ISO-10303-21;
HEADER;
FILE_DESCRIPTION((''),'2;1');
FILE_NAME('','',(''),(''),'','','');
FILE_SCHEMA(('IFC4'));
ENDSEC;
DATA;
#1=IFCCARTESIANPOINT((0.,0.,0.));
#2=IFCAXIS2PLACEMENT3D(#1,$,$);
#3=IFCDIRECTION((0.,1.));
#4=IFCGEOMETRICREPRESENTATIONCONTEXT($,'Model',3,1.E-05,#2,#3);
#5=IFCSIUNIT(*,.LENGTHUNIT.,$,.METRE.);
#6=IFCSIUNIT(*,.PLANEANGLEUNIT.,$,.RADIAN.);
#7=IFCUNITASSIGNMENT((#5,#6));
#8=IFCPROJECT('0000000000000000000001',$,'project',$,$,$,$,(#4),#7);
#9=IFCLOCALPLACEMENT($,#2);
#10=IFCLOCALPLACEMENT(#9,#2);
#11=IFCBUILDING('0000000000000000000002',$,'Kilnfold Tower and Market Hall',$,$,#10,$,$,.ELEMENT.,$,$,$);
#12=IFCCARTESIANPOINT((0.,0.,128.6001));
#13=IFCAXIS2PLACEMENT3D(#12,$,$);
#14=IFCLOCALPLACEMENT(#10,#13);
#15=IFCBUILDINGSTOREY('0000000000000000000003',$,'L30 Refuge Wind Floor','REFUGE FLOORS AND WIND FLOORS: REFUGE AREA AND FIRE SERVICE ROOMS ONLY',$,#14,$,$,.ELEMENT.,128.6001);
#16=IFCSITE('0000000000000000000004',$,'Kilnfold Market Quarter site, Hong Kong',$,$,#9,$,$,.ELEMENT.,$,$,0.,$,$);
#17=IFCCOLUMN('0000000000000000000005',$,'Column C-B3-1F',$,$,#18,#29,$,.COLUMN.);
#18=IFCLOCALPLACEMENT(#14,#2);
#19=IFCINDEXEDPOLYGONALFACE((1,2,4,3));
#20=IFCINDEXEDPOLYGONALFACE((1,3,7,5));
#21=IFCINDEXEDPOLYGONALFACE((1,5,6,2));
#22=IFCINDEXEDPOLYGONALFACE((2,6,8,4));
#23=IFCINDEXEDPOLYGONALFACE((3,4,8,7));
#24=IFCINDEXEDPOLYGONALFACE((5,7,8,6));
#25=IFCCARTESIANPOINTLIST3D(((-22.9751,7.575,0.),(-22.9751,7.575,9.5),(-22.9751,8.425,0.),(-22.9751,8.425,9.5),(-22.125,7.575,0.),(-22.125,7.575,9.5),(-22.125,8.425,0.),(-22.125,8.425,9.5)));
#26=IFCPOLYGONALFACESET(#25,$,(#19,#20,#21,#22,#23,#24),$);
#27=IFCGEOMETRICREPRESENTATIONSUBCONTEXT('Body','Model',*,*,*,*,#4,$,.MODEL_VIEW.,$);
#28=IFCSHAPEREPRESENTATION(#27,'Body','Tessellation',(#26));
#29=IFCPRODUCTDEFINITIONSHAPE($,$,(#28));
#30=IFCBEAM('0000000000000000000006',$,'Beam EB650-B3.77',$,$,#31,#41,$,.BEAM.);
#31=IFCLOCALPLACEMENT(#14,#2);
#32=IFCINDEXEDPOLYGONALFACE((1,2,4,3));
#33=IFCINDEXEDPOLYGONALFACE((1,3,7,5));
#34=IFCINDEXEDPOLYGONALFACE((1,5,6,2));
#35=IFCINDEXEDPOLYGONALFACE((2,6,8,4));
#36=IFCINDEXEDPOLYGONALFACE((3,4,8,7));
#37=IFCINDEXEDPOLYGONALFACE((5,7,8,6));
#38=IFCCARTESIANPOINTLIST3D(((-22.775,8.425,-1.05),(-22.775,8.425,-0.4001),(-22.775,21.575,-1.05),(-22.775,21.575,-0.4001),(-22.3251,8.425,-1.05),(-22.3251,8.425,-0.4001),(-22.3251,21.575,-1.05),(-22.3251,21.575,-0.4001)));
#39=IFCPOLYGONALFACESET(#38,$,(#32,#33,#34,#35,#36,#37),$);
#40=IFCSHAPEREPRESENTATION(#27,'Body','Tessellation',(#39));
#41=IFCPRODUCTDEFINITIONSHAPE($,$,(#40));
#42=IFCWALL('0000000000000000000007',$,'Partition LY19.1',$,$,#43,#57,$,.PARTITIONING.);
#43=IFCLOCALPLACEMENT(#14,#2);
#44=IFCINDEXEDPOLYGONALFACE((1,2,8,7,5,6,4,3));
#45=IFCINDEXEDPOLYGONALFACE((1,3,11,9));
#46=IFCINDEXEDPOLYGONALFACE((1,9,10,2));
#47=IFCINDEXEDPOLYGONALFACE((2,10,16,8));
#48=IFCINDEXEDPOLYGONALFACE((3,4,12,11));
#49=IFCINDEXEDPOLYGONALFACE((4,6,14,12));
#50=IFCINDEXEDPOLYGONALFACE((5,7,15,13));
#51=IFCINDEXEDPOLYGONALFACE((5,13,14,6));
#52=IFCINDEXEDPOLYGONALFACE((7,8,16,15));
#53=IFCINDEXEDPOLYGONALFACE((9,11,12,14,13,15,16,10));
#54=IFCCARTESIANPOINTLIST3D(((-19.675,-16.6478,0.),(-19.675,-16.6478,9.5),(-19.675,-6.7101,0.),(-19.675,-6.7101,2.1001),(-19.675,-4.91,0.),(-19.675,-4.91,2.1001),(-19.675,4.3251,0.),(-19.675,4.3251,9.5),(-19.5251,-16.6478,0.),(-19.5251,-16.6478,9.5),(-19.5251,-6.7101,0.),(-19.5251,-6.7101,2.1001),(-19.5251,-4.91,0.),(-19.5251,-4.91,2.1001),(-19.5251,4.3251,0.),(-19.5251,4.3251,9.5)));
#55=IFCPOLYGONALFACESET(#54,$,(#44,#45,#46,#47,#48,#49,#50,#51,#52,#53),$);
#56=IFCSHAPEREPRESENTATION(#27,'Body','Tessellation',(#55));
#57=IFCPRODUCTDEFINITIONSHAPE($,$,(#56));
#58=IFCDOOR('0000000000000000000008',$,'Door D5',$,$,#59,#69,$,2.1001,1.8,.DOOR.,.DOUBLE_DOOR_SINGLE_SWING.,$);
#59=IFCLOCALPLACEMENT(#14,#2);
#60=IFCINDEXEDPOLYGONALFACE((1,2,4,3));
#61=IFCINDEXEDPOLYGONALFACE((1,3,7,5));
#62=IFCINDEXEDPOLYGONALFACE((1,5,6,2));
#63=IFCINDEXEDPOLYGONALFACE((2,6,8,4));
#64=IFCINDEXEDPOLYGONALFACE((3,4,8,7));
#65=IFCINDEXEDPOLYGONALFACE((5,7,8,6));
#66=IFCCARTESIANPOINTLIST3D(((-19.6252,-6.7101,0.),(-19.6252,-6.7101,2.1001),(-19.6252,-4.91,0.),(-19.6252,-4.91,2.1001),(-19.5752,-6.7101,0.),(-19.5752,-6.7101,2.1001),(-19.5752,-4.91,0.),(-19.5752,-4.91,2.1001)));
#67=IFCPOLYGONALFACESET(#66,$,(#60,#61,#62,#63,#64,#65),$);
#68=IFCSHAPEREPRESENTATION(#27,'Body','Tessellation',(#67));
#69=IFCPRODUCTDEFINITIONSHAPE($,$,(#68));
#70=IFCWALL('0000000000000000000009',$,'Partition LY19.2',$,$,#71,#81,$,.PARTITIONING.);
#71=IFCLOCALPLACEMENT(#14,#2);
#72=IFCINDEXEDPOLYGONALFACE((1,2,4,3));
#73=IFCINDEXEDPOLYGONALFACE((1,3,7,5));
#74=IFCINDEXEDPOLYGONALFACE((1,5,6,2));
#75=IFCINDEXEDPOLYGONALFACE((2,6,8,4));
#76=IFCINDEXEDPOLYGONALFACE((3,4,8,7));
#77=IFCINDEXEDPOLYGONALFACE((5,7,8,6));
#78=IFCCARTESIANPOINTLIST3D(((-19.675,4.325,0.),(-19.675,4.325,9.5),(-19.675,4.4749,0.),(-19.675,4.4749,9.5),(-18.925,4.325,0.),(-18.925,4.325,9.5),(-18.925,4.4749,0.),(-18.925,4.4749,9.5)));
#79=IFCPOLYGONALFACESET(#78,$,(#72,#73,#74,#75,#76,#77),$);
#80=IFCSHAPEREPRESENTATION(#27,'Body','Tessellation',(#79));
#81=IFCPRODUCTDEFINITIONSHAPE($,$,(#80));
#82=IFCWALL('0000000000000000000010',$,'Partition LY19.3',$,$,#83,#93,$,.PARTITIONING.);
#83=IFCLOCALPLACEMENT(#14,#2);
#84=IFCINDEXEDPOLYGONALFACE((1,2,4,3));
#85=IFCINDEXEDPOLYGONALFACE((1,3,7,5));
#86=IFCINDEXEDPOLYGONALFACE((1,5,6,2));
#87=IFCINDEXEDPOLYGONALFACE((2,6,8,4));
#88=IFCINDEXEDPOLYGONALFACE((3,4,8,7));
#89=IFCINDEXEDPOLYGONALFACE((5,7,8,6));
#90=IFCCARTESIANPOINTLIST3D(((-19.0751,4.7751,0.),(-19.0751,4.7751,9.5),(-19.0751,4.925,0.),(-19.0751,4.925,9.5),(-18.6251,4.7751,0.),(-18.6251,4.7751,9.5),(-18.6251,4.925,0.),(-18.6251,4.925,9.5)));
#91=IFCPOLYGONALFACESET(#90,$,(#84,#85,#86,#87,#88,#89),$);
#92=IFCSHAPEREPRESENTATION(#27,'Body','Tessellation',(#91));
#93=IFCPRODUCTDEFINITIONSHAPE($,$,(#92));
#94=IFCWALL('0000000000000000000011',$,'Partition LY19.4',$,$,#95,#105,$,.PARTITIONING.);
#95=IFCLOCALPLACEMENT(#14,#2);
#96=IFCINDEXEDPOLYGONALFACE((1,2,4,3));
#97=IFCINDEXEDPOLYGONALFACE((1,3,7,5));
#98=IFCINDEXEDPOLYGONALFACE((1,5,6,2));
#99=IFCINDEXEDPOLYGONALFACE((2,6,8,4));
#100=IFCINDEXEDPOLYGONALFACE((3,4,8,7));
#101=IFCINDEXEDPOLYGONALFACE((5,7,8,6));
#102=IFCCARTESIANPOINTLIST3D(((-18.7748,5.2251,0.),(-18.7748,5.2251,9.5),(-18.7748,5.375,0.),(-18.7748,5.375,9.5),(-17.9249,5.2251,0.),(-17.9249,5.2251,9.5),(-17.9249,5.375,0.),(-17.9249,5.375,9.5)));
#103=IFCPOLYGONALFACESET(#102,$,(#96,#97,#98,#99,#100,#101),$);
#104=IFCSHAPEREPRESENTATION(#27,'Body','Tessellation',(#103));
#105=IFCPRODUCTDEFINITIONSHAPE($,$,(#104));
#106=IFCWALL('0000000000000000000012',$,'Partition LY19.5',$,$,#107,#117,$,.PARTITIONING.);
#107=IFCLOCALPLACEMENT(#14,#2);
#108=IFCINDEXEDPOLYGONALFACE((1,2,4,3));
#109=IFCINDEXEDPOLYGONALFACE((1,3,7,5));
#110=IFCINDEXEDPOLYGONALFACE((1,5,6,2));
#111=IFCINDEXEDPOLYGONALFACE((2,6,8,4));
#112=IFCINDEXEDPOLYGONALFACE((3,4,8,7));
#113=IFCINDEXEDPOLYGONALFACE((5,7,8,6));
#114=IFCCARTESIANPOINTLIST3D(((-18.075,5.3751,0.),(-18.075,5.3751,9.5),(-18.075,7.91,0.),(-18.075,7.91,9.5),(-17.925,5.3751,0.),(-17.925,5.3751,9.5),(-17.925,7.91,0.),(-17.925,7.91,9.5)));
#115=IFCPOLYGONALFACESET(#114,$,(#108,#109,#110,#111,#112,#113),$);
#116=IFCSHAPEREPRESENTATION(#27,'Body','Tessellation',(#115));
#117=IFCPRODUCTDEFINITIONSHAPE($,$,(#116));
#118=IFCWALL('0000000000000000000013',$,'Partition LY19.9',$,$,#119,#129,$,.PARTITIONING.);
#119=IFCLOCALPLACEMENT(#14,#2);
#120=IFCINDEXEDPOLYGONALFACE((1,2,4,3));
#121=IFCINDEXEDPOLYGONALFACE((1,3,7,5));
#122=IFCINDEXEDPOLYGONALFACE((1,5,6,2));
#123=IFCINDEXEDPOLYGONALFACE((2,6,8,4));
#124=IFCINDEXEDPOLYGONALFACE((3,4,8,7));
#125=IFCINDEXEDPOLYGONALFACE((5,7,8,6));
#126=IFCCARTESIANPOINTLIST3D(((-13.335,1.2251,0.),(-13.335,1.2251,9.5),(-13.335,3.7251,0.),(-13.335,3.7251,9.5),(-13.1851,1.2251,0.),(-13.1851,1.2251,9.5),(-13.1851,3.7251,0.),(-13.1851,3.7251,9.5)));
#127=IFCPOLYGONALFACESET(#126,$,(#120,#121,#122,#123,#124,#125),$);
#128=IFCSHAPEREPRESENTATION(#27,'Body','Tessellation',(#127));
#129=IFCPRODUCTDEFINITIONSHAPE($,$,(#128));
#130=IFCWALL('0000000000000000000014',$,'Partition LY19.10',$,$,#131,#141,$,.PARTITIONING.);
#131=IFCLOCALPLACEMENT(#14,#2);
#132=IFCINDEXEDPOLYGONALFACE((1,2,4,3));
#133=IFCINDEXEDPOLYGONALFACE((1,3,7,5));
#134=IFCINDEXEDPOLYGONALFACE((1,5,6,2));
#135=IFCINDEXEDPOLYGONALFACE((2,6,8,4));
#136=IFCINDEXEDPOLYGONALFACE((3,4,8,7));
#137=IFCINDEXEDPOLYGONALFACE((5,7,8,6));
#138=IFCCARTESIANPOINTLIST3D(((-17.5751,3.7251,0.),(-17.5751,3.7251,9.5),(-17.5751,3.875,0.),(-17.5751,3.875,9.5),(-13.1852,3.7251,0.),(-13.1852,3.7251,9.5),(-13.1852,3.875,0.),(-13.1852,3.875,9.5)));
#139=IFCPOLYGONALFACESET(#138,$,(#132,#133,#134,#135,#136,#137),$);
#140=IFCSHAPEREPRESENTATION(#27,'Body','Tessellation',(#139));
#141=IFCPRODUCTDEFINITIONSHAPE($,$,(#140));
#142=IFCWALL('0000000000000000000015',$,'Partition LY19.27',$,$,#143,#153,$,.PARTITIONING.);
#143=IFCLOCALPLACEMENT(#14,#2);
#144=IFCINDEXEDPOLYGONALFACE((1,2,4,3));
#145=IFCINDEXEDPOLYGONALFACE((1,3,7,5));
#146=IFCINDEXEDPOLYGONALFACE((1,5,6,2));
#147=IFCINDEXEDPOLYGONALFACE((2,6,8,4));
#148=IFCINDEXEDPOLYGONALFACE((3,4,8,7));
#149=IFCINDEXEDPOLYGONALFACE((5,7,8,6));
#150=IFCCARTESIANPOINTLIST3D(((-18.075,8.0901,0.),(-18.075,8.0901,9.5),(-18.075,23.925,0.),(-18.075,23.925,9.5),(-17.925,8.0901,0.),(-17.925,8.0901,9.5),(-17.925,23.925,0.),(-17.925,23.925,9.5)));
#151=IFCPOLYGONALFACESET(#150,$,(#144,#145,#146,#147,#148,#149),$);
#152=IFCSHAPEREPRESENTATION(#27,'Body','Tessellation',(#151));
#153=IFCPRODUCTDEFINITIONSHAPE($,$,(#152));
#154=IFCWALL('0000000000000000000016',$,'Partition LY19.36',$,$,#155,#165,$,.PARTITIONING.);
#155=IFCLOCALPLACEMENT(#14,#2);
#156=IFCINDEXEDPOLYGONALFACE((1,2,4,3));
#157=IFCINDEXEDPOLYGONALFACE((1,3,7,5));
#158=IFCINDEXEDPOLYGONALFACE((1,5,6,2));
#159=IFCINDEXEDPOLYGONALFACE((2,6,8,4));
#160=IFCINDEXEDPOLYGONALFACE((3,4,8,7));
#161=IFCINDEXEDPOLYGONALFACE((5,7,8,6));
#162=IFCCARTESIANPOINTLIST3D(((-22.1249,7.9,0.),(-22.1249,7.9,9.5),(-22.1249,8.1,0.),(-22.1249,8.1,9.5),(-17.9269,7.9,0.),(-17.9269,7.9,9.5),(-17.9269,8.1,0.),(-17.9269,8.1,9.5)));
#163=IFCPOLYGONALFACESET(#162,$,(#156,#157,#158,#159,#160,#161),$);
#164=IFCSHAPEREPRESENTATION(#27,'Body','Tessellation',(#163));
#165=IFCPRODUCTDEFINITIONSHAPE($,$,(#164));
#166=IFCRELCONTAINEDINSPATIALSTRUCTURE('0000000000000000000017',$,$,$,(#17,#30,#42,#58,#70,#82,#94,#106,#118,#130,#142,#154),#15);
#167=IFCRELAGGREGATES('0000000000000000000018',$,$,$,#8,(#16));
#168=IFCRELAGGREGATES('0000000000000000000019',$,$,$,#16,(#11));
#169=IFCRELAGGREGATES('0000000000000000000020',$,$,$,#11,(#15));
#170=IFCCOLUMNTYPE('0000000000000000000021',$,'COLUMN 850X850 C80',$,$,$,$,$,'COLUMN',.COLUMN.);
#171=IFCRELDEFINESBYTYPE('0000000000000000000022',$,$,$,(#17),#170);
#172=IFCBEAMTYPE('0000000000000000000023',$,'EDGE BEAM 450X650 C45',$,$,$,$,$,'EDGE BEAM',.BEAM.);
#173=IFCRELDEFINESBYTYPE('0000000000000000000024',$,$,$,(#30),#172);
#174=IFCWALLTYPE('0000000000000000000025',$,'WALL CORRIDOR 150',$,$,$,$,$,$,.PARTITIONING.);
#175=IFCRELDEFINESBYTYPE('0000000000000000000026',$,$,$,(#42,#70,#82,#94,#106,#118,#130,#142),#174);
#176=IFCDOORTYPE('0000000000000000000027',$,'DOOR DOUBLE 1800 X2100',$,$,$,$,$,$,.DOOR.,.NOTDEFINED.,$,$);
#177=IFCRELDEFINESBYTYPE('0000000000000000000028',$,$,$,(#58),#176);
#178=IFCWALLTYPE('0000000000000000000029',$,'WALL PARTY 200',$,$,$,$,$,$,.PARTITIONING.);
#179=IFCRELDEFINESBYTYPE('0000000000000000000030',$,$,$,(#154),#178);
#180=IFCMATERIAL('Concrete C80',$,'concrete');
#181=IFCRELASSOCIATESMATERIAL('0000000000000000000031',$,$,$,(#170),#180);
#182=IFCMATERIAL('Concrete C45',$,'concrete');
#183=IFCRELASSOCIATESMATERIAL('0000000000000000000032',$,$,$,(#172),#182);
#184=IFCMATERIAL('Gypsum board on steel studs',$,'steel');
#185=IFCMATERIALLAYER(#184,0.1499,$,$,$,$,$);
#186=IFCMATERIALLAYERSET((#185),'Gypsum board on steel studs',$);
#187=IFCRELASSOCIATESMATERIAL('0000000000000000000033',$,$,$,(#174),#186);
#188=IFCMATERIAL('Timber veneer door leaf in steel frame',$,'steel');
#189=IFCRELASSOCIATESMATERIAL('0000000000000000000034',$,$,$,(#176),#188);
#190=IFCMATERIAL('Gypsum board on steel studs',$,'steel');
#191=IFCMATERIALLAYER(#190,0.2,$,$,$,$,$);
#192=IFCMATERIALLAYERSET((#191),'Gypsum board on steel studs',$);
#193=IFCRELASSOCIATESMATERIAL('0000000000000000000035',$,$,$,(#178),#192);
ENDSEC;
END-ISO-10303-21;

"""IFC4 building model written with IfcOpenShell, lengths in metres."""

from ifc_helpers import new_model, si_unit, direction, frame, frame_2d, origin, origin_2d, place, context, subcontext, project, spatial, rectangle, extrude, source, transform, mapped, material, layer, layer_set, material_profile, profile_set, type_object, element, fill, save


model = new_model("IFC4")

# Units and contexts
model_context = context("Model", 3, precision=1e-05, world=origin(), true_north=direction((0.0, 1.0)))
body_context = subcontext(model_context, "Body", "Model", "MODEL_VIEW")
ifc_project = project(units=[si_unit("LENGTHUNIT", "METRE"), si_unit("PLANEANGLEUNIT", "RADIAN")], contexts=[model_context])

# Site, building, storey
site_placement = place(None, origin())
site = spatial("IfcSite", under=ifc_project, at=site_placement, Name="Kilnfold Market Quarter site, Hong Kong", CompositionType="ELEMENT", RefElevation=0.0)
building_placement = place(site_placement, origin())
building = spatial("IfcBuilding", under=site, at=building_placement, Name="Kilnfold Tower and Market Hall", CompositionType="ELEMENT")
storey_placement = place(building_placement, frame((0.0, 0.0, 128.6001)))
storey = spatial("IfcBuildingStorey", under=building, at=storey_placement, Name="L30 Refuge Wind Floor", Description="REFUGE FLOORS AND WIND FLOORS: REFUGE AREA AND FIRE SERVICE ROOMS ONLY", CompositionType="ELEMENT", Elevation=128.6001)

# Column
ifc_material_1 = material(Name="Concrete C80", Category="concrete")
ifc_material_profile_1 = material_profile(ifc_material_1, rectangle(XDim=0.8501, YDim=0.8501, at=origin_2d()), Name="RC 850x850")
ifc_profile_set_1 = profile_set([ifc_material_profile_1], Name="Concrete C80")
column_type = type_object("IfcColumnType", Name="COLUMN 850X850 C80", ElementType="COLUMN", PredefinedType="COLUMN", material=ifc_profile_set_1)
shared_shape_1 = source(origin(), body_context, "Body", "SweptSolid", [
    extrude(rectangle(XDim=0.8501, YDim=0.8501, at=origin_2d()), origin(), (0.0, 0.0, 1.0), 9.5),
])
column_placement = place(storey_placement, frame((-22.55, 8.0, 0.0), z_axis=(0.0, 0.0, 1.0), x_axis=(1.0, 0.0, 0.0)))
element("IfcColumn", 1, at=column_placement, inside=storey, type_object=column_type, Name="Column C-B3-1F", PredefinedType="COLUMN", context=body_context, shape_type="MappedRepresentation", body=[
    mapped(shared_shape_1, transform((0.0, 0.0, 0.0))),
])

# Beam
ifc_material_2 = material(Name="Concrete C45", Category="concrete")
ifc_material_profile_2 = material_profile(ifc_material_2, rectangle(XDim=0.45, YDim=0.6499, at=origin_2d()), Name="RC 450x650")
ifc_profile_set_2 = profile_set([ifc_material_profile_2], Name="Concrete C45")
beam_type = type_object("IfcBeamType", Name="EDGE BEAM 450X650 C45", ElementType="EDGE BEAM", PredefinedType="BEAM", material=ifc_profile_set_2)
shared_shape_2 = source(origin(), body_context, "Body", "SweptSolid", [
    extrude(rectangle(XDim=0.45, YDim=0.6499, at=origin_2d()), origin(), (0.0, 0.0, 1.0), 13.1499),
])
beam_placement = place(storey_placement, frame((-22.55, 8.425, -0.7251), z_axis=(0.0, 1.0, 0.0), x_axis=(-1.0, 0.0, 0.0)))
element("IfcBeam", 2, at=beam_placement, inside=storey, type_object=beam_type, Name="Beam EB650-B3.77", PredefinedType="BEAM", context=body_context, shape_type="MappedRepresentation", body=[
    mapped(shared_shape_2, transform((0.0, 0.0, 0.0))),
])

# Wall, opening, door
ifc_material_3 = material(Name="Gypsum board on steel studs", Category="steel")
ifc_layer_1 = layer(ifc_material_3, 0.1499)
ifc_layer_set_1 = layer_set([ifc_layer_1], Name="Gypsum board on steel studs")
wall_type_1 = type_object("IfcWallType", Name="WALL CORRIDOR 150", PredefinedType="PARTITIONING", material=ifc_layer_set_1)
wall_1_placement = place(storey_placement, frame((-19.6001, 4.325, 0.0), z_axis=(0.0, 0.0, 1.0), x_axis=(0.0, -1.0, 0.0)))
wall_1 = element("IfcWall", 3, at=wall_1_placement, inside=storey, type_object=wall_type_1, Name="Partition LY19.1", PredefinedType="PARTITIONING", context=body_context, shape_type="SweptSolid", body=[
    extrude(rectangle(XDim=20.9729, YDim=0.1499, at=frame_2d((10.4863, 0.0))), origin(), (0.0, 0.0, 1.0), 9.5),
])
opening_1_placement = place(wall_1_placement, frame((9.2351, 0.0, 0.0)))
opening_1 = element("IfcOpeningElement", 4, at=opening_1_placement, cuts=wall_1, PredefinedType="OPENING", context=body_context, shape_type="SweptSolid", body=[
    extrude(rectangle(XDim=1.8, YDim=2.1001, at=frame_2d((0.8999, 1.05))), frame((0.0, 0.085, 0.0), z_axis=(0.0, -1.0, 0.0), x_axis=(1.0, 0.0, 0.0)), (0.0, 0.0, 1.0), 0.1699),
])
ifc_material_4 = material(Name="Timber veneer door leaf in steel frame", Category="steel")
door_type_1 = type_object("IfcDoorType", Name="DOOR DOUBLE 1800 X2100", OperationType="NOTDEFINED", PredefinedType="DOOR", material=ifc_material_4)
door_1_placement = place(opening_1_placement, origin())
door_1 = element("IfcDoor", 5, at=door_1_placement, inside=storey, type_object=door_type_1, Name="Door D5", OperationType="DOUBLE_DOOR_SINGLE_SWING", OverallHeight=2.1001, OverallWidth=1.8, PredefinedType="DOOR", context=body_context, shape_type="SweptSolid", body=[
    extrude(rectangle(XDim=1.8, YDim=2.1001, at=frame_2d((0.8999, 1.05))), frame((0.0, 0.0249, 0.0), z_axis=(0.0, -1.0, 0.0), x_axis=(1.0, 0.0, 0.0)), (0.0, 0.0, 1.0), 0.05),
])
fill(opening_1, door_1)

# Walls
wall_2_placement = place(storey_placement, frame((-18.925, 4.3999, 0.0), z_axis=(0.0, 0.0, 1.0), x_axis=(-1.0, 0.0, 0.0)))
element("IfcWall", 6, at=wall_2_placement, inside=storey, type_object=wall_type_1, Name="Partition LY19.2", PredefinedType="PARTITIONING", context=body_context, shape_type="SweptSolid", body=[
    extrude(rectangle(XDim=0.75, YDim=0.1499, at=frame_2d((0.375, 0.0))), origin(), (0.0, 0.0, 1.0), 9.5),
])
wall_3_placement = place(storey_placement, frame((-18.625, 4.8501, 0.0), z_axis=(0.0, 0.0, 1.0), x_axis=(-1.0, 0.0, 0.0)))
element("IfcWall", 7, at=wall_3_placement, inside=storey, type_object=wall_type_1, Name="Partition LY19.3", PredefinedType="PARTITIONING", context=body_context, shape_type="SweptSolid", body=[
    extrude(rectangle(XDim=0.45, YDim=0.1499, at=frame_2d((0.2251, 0.0))), origin(), (0.0, 0.0, 1.0), 9.5),
])
wall_4_placement = place(storey_placement, frame((-17.925, 5.3, 0.0), z_axis=(0.0, 0.0, 1.0), x_axis=(-1.0, 0.0, 0.0)))
element("IfcWall", 8, at=wall_4_placement, inside=storey, type_object=wall_type_1, Name="Partition LY19.4", PredefinedType="PARTITIONING", context=body_context, shape_type="SweptSolid", body=[
    extrude(rectangle(XDim=0.8499, YDim=0.1499, at=frame_2d((0.4248, 0.0))), origin(), (0.0, 0.0, 1.0), 9.5),
])
wall_5_placement = place(storey_placement, frame((-18.0, 5.375, 0.0), z_axis=(0.0, 0.0, 1.0), x_axis=(0.0, 1.0, 0.0)))
element("IfcWall", 9, at=wall_5_placement, inside=storey, type_object=wall_type_1, Name="Partition LY19.5", PredefinedType="PARTITIONING", context=body_context, shape_type="SweptSolid", body=[
    extrude(rectangle(XDim=2.5349, YDim=0.1499, at=frame_2d((1.2676, 0.0))), origin(), (0.0, 0.0, 1.0), 9.5),
])
wall_6_placement = place(storey_placement, frame((-13.26, 3.7251, 0.0), z_axis=(0.0, 0.0, 1.0), x_axis=(0.0, -1.0, 0.0)))
element("IfcWall", 10, at=wall_6_placement, inside=storey, type_object=wall_type_1, Name="Partition LY19.9", PredefinedType="PARTITIONING", context=body_context, shape_type="SweptSolid", body=[
    extrude(rectangle(XDim=2.5, YDim=0.1499, at=frame_2d((1.25, 0.0))), origin(), (0.0, 0.0, 1.0), 9.5),
])
wall_7_placement = place(storey_placement, frame((-17.575, 3.8, 0.0), z_axis=(0.0, 0.0, 1.0), x_axis=(1.0, 0.0, 0.0)))
element("IfcWall", 11, at=wall_7_placement, inside=storey, type_object=wall_type_1, Name="Partition LY19.10", PredefinedType="PARTITIONING", context=body_context, shape_type="SweptSolid", body=[
    extrude(rectangle(XDim=4.3899, YDim=0.1499, at=frame_2d((2.1948, 0.0))), origin(), (0.0, 0.0, 1.0), 9.5),
])
wall_8_placement = place(storey_placement, frame((-18.0, 8.0901, 0.0), z_axis=(0.0, 0.0, 1.0), x_axis=(0.0, 1.0, 0.0)))
element("IfcWall", 12, at=wall_8_placement, inside=storey, type_object=wall_type_1, Name="Partition LY19.27", PredefinedType="PARTITIONING", context=body_context, shape_type="SweptSolid", body=[
    extrude(rectangle(XDim=15.835, YDim=0.1499, at=frame_2d((7.9175, 0.0))), origin(), (0.0, 0.0, 1.0), 9.5),
])
ifc_material_5 = material(Name="Gypsum board on steel studs", Category="steel")
ifc_layer_2 = layer(ifc_material_5, 0.2)
ifc_layer_set_2 = layer_set([ifc_layer_2], Name="Gypsum board on steel studs")
wall_type_2 = type_object("IfcWallType", Name="WALL PARTY 200", PredefinedType="PARTITIONING", material=ifc_layer_set_2)
wall_9_placement = place(storey_placement, frame((-22.125, 8.0, 0.0), z_axis=(0.0, 0.0, 1.0), x_axis=(1.0, 0.0, 0.0)))
element("IfcWall", 13, at=wall_9_placement, inside=storey, type_object=wall_type_2, Name="Partition LY19.36", PredefinedType="PARTITIONING", context=body_context, shape_type="SweptSolid", body=[
    extrude(rectangle(XDim=4.198, YDim=0.2, at=frame_2d((2.0991, 0.0))), origin(), (0.0, 0.0, 1.0), 9.5),
])

save(model, "model.ifc")
